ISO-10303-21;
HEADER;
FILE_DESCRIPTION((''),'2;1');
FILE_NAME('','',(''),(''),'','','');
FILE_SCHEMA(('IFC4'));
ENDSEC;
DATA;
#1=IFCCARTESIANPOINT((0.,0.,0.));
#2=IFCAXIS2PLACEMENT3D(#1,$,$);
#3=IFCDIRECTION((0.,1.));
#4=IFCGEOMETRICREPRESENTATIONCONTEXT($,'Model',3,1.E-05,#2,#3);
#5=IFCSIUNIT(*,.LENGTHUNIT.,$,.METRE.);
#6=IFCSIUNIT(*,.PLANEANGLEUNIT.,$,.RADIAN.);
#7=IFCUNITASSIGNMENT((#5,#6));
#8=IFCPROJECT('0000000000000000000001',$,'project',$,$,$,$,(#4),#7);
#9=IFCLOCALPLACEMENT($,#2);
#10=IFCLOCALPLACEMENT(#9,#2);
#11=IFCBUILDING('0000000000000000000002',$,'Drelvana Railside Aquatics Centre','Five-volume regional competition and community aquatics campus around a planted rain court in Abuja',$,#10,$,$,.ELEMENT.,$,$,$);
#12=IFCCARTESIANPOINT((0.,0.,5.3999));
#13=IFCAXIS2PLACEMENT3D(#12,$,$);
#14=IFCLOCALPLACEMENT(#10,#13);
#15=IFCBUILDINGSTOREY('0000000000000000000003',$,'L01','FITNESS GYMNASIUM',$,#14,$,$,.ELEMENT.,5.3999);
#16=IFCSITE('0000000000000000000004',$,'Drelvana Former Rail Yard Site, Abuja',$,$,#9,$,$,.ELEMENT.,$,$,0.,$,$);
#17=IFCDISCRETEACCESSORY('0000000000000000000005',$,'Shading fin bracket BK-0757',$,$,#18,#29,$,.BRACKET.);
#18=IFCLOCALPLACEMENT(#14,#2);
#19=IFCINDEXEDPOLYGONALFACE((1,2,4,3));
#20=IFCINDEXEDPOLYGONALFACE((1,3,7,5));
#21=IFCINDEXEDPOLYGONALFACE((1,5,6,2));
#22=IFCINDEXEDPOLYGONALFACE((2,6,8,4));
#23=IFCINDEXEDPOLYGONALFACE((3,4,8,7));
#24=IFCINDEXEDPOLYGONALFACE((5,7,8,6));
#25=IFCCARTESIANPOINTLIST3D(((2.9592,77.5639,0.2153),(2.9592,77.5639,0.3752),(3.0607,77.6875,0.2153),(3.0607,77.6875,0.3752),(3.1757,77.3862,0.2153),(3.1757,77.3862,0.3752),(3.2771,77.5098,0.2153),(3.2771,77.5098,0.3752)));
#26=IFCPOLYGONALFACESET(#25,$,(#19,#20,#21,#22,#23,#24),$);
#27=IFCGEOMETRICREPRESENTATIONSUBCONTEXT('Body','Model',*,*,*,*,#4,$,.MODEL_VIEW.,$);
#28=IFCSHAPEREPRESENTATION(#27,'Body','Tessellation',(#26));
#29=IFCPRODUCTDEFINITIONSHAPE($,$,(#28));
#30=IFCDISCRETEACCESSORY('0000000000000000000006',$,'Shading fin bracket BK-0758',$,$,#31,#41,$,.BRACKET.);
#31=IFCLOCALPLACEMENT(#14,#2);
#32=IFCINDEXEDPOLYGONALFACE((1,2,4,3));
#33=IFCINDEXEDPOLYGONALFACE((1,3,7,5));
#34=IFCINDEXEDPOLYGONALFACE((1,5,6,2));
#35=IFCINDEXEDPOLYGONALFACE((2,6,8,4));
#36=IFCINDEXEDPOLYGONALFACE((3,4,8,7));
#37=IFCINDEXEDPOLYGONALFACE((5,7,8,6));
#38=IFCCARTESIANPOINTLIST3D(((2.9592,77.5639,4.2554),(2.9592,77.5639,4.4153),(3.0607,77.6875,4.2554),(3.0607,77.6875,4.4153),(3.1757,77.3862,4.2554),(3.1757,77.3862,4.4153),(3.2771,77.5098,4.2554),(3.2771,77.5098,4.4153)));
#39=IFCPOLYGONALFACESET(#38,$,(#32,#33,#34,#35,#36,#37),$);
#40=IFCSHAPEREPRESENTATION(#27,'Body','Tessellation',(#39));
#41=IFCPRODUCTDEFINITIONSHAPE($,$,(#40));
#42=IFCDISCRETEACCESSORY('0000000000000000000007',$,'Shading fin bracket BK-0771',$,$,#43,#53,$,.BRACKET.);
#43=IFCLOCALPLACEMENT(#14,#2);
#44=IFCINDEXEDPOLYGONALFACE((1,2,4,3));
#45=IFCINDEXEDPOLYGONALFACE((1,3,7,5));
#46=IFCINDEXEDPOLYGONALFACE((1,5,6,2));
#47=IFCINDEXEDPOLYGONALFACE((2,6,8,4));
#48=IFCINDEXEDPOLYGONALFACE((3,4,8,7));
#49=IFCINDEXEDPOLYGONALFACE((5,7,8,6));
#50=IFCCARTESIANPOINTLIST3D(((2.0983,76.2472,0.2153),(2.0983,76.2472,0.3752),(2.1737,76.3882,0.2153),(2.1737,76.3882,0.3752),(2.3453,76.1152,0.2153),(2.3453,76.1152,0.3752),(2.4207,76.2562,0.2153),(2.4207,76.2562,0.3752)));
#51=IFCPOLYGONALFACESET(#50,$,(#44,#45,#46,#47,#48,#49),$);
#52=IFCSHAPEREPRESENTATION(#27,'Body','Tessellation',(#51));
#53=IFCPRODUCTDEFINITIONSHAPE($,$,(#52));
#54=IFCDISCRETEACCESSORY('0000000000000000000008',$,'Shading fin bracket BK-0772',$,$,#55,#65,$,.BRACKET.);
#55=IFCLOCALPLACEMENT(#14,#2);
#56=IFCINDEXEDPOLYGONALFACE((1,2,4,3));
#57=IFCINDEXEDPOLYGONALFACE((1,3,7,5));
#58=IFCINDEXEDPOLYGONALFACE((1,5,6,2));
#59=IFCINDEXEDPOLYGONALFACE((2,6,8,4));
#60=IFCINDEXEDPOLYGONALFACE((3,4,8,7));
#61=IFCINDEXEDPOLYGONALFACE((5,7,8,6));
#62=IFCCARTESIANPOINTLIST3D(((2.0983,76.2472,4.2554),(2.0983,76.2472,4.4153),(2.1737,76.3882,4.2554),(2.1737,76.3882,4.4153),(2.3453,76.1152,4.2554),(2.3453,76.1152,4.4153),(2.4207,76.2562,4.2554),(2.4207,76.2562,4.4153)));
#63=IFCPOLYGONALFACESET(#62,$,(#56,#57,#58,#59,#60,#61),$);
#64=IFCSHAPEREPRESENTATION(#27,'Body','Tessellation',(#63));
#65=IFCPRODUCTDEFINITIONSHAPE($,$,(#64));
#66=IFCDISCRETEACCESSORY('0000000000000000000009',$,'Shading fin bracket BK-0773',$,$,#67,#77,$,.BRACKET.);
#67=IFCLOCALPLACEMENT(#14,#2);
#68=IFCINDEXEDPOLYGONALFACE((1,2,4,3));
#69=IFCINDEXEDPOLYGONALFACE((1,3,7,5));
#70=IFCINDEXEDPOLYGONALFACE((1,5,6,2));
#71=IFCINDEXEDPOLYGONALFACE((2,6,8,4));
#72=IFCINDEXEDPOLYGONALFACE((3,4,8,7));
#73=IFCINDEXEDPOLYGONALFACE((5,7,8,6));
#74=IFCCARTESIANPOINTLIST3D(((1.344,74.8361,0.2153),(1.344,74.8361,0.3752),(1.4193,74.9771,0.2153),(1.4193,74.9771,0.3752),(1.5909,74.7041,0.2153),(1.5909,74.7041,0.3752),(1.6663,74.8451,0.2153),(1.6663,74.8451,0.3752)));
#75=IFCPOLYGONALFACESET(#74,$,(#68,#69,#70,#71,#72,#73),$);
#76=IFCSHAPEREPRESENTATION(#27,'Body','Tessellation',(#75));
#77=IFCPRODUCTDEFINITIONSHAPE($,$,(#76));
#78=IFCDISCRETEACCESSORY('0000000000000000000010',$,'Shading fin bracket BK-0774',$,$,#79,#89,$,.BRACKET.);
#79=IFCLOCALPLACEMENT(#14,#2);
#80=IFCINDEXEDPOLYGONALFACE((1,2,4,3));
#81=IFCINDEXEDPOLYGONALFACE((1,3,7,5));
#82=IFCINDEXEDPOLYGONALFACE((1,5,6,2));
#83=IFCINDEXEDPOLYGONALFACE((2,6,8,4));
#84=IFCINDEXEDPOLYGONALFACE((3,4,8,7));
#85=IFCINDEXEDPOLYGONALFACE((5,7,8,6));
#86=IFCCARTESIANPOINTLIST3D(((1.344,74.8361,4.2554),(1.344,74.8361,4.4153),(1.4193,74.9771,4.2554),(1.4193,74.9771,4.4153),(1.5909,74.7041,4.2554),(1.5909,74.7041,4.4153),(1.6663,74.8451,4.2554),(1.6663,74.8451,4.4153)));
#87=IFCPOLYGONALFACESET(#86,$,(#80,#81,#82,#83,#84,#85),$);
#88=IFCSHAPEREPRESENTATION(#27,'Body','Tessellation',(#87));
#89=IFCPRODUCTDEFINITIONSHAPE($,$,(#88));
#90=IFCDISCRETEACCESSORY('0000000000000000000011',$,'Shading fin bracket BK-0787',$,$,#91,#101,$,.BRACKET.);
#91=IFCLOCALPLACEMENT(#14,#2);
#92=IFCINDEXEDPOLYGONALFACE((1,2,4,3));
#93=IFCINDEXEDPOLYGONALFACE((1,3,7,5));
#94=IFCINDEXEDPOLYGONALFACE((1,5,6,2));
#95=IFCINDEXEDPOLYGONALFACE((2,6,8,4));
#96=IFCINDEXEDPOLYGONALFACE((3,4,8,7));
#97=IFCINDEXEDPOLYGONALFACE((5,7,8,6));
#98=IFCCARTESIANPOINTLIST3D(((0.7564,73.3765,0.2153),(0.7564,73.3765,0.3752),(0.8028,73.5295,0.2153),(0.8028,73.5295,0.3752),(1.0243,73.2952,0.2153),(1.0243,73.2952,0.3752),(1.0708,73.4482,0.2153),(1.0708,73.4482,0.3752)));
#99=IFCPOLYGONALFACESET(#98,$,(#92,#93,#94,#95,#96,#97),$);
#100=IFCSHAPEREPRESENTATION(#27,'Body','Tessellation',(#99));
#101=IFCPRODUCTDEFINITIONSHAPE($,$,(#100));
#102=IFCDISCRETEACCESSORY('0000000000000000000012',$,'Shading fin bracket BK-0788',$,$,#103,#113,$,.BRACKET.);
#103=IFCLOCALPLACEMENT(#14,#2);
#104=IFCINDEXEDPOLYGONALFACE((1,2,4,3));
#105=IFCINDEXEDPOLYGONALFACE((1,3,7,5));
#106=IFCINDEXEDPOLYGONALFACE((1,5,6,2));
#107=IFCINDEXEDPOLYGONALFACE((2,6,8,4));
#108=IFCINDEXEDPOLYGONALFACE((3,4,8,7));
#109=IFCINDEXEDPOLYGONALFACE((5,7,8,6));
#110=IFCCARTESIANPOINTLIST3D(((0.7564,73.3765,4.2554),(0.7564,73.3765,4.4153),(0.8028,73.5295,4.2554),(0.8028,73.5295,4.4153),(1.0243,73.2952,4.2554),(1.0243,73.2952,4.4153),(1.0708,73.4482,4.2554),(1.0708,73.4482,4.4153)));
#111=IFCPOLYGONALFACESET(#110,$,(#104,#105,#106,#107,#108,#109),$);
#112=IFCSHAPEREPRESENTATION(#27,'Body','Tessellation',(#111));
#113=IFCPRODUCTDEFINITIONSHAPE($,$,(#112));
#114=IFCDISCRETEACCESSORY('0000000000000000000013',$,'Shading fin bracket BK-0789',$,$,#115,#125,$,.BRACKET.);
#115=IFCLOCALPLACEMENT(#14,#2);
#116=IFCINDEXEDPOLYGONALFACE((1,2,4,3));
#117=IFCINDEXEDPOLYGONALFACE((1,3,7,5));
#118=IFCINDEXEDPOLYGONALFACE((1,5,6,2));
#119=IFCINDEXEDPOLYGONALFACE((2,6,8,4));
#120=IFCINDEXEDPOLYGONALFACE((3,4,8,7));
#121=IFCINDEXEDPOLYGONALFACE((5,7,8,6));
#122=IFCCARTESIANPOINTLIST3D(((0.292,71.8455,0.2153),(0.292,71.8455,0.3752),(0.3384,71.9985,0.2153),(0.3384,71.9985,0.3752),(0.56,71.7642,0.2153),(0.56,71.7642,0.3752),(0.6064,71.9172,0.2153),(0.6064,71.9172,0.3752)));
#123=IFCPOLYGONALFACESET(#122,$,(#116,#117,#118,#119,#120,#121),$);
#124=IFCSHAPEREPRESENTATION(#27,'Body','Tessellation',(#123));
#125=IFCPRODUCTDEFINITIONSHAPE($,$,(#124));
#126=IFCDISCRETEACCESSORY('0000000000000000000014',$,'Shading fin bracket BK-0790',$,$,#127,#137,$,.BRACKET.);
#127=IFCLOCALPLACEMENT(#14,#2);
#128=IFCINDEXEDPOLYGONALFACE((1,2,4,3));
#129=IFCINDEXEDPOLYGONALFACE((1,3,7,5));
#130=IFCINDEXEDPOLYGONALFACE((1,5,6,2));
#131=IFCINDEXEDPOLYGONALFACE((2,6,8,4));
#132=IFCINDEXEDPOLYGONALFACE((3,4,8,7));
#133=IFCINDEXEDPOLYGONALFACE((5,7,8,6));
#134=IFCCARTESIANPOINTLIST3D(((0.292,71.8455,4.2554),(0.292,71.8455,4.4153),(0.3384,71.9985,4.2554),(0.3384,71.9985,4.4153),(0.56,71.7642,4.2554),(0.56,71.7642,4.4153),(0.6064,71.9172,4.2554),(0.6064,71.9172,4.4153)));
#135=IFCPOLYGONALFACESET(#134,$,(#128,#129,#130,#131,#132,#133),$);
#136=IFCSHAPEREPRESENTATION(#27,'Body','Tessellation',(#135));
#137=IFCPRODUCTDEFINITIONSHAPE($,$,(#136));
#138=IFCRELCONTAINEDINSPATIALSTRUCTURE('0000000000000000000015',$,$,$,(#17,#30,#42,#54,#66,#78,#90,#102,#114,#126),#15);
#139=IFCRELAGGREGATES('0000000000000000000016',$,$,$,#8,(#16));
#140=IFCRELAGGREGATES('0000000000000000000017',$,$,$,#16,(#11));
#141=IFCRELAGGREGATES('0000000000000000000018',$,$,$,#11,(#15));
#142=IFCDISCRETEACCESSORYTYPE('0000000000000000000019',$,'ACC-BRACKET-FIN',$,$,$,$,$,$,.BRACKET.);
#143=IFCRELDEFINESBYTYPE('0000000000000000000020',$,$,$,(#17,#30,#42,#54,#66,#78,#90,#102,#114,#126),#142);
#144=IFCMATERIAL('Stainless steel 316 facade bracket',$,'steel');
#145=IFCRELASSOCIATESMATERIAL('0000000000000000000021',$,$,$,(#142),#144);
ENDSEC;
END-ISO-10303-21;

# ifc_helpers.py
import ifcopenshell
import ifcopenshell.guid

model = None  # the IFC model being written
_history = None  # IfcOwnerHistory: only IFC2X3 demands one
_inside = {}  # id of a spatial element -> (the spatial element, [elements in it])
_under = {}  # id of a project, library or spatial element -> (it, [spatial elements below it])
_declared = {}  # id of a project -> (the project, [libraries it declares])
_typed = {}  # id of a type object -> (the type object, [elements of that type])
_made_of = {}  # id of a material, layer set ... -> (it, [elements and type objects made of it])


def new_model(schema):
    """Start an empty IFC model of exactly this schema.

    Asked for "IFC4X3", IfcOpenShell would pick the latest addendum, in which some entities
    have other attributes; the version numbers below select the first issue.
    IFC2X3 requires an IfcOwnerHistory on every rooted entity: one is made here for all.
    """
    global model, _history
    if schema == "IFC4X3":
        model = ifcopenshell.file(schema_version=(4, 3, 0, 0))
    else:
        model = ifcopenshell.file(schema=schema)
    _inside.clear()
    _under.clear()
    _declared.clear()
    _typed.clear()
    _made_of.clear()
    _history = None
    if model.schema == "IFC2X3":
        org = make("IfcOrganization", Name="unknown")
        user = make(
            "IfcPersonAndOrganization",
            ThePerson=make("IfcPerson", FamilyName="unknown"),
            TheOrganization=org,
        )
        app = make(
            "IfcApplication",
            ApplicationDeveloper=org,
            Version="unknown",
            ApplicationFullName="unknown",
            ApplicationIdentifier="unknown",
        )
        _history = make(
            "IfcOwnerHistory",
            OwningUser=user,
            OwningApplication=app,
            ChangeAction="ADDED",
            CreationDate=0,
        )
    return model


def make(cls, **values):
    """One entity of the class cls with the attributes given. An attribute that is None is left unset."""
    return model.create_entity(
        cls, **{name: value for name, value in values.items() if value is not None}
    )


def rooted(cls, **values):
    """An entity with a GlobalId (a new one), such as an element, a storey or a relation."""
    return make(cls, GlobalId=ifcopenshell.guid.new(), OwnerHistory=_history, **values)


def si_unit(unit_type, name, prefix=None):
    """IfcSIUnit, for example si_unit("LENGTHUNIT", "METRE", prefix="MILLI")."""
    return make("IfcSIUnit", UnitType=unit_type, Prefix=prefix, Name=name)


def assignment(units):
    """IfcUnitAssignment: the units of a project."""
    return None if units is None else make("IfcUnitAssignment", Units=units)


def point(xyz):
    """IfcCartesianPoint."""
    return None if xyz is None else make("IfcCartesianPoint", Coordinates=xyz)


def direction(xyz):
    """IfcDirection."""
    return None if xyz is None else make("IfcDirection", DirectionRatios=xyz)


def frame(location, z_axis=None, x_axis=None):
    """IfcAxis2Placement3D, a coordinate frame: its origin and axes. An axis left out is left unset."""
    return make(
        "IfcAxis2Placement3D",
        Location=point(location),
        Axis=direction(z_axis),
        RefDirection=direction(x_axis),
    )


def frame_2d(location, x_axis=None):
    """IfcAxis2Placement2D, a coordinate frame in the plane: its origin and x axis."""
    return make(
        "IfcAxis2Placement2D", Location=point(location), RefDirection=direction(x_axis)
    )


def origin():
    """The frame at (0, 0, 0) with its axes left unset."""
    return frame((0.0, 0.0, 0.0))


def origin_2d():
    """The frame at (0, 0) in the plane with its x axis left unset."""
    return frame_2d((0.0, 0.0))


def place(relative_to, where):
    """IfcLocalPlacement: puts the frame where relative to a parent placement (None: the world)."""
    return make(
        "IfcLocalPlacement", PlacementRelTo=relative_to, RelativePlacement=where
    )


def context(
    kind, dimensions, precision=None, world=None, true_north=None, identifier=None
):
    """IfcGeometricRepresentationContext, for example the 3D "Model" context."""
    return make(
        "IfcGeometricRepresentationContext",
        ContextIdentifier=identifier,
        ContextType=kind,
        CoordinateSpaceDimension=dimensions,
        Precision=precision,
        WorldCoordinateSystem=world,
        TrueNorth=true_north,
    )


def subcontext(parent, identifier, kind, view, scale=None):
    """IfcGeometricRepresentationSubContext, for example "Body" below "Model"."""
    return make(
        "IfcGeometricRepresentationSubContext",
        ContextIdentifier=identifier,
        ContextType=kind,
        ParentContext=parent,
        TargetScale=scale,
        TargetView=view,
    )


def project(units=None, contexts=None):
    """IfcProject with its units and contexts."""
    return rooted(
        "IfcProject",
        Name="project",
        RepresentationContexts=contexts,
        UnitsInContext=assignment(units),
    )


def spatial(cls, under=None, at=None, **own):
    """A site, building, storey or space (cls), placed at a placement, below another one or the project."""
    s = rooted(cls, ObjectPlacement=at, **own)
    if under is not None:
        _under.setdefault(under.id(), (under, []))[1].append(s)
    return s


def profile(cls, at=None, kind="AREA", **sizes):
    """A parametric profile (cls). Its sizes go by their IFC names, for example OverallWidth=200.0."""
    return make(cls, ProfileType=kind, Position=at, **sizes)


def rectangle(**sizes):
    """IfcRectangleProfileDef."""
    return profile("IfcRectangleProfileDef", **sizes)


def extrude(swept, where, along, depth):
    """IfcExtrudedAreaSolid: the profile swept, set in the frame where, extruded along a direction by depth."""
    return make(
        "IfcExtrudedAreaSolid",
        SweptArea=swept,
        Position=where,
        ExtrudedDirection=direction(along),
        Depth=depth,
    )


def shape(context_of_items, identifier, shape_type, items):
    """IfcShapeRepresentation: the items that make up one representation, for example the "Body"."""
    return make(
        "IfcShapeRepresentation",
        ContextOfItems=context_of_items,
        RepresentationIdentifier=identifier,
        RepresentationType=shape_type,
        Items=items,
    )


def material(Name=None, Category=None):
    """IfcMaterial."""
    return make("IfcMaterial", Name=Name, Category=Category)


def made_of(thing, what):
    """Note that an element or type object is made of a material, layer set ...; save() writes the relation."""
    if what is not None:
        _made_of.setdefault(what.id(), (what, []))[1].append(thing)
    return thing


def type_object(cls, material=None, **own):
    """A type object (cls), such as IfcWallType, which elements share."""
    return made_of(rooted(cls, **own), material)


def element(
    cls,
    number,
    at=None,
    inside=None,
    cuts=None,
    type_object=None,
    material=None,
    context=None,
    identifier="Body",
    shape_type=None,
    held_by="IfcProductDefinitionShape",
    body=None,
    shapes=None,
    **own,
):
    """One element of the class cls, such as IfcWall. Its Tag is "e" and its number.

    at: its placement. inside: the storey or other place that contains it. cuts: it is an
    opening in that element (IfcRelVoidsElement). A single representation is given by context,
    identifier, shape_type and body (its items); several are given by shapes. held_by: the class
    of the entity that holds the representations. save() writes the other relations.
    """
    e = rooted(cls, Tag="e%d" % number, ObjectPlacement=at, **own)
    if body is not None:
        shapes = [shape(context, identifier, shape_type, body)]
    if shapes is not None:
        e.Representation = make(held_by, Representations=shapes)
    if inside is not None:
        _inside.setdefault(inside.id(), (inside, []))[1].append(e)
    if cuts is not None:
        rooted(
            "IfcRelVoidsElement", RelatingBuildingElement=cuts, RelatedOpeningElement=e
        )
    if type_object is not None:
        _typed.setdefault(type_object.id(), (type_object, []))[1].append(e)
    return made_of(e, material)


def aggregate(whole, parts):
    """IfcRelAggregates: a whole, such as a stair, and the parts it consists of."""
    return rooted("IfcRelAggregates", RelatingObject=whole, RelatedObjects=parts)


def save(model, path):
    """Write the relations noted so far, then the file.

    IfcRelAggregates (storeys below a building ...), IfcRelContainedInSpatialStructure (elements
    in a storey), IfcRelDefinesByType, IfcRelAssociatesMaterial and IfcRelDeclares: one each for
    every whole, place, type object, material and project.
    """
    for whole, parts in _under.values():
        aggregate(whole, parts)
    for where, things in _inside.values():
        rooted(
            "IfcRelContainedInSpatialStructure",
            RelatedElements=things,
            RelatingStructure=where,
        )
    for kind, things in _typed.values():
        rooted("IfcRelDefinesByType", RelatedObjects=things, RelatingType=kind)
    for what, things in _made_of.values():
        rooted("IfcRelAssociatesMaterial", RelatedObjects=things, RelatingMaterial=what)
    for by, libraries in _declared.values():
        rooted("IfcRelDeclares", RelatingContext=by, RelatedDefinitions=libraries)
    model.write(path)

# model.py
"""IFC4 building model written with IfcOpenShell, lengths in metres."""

from ifc_helpers import new_model, si_unit, direction, frame, origin, origin_2d, place, context, subcontext, project, spatial, rectangle, extrude, material, type_object, element, save


model = new_model("IFC4")

# Units and contexts
model_context = context("Model", 3, precision=1e-05, world=origin(), true_north=direction((0.0, 1.0)))
body_context = subcontext(model_context, "Body", "Model", "MODEL_VIEW")
ifc_project = project(units=[si_unit("LENGTHUNIT", "METRE"), si_unit("PLANEANGLEUNIT", "RADIAN")], contexts=[model_context])

# Site, building, storey
site_placement = place(None, origin())
site = spatial("IfcSite", under=ifc_project, at=site_placement, Name="Drelvana Former Rail Yard Site, Abuja", CompositionType="ELEMENT", RefElevation=0.0)
building_placement = place(site_placement, origin())
building = spatial("IfcBuilding", under=site, at=building_placement, Name="Drelvana Railside Aquatics Centre", Description="Five-volume regional competition and community aquatics campus around a planted rain court in Abuja", CompositionType="ELEMENT")
storey_placement = place(building_placement, frame((0.0, 0.0, 5.3999)))
storey = spatial("IfcBuildingStorey", under=building, at=storey_placement, Name="L01", Description="FITNESS GYMNASIUM", CompositionType="ELEMENT", Elevation=5.3999)

# Discrete accessories
ifc_material_1 = material(Name="Stainless steel 316 facade bracket", Category="steel")
discrete_accessory_type = type_object("IfcDiscreteAccessoryType", Name="ACC-BRACKET-FIN", PredefinedType="BRACKET", material=ifc_material_1)
for number, where, z_axis, x_axis, name in (
    (1, (3.1182, 77.5369, 0.2153), (0.0, 0.0, 1.0), (-0.77301, 0.634393, 0.0), "Shading fin bracket BK-0757"),
    (2, (3.1182, 77.5369, 4.2554), (0.0, 0.0, 1.0), (-0.77301, 0.634393, 0.0), "Shading fin bracket BK-0758"),
    (3, (2.2595, 76.2517, 0.2153), (0.0, 0.0, 1.0), (-0.881921, 0.471397, 0.0), "Shading fin bracket BK-0771"),
    (4, (2.2595, 76.2517, 4.2554), (0.0, 0.0, 1.0), (-0.881921, 0.471397, 0.0), "Shading fin bracket BK-0772"),
    (5, (1.5051, 74.8406, 0.2153), (0.0, 0.0, 1.0), (-0.881921, 0.471397, 0.0), "Shading fin bracket BK-0773"),
    (6, (1.5051, 74.8406, 4.2554), (0.0, 0.0, 1.0), (-0.881921, 0.471397, 0.0), "Shading fin bracket BK-0774"),
    (7, (0.9136, 73.4124, 0.2153), (0.0, 0.0, 1.0), (-0.95694, 0.290285, 0.0), "Shading fin bracket BK-0787"),
    (8, (0.9136, 73.4124, 4.2554), (0.0, 0.0, 1.0), (-0.95694, 0.290285, 0.0), "Shading fin bracket BK-0788"),
    (9, (0.4492, 71.8813, 0.2153), (0.0, 0.0, 1.0), (-0.95694, 0.290285, 0.0), "Shading fin bracket BK-0789"),
    (10, (0.4492, 71.8813, 4.2554), (0.0, 0.0, 1.0), (-0.95694, 0.290285, 0.0), "Shading fin bracket BK-0790"),
):
    element("IfcDiscreteAccessory", number, at=place(storey_placement, frame(where, z_axis=z_axis, x_axis=x_axis)), inside=storey, type_object=discrete_accessory_type, Name=name, PredefinedType="BRACKET", context=body_context, shape_type="SweptSolid", body=[
        extrude(rectangle(XDim=0.28, YDim=0.1599, at=origin_2d()), origin(), (0.0, 0.0, 1.0), 0.1599),
    ])

save(model, "model.ifc")
